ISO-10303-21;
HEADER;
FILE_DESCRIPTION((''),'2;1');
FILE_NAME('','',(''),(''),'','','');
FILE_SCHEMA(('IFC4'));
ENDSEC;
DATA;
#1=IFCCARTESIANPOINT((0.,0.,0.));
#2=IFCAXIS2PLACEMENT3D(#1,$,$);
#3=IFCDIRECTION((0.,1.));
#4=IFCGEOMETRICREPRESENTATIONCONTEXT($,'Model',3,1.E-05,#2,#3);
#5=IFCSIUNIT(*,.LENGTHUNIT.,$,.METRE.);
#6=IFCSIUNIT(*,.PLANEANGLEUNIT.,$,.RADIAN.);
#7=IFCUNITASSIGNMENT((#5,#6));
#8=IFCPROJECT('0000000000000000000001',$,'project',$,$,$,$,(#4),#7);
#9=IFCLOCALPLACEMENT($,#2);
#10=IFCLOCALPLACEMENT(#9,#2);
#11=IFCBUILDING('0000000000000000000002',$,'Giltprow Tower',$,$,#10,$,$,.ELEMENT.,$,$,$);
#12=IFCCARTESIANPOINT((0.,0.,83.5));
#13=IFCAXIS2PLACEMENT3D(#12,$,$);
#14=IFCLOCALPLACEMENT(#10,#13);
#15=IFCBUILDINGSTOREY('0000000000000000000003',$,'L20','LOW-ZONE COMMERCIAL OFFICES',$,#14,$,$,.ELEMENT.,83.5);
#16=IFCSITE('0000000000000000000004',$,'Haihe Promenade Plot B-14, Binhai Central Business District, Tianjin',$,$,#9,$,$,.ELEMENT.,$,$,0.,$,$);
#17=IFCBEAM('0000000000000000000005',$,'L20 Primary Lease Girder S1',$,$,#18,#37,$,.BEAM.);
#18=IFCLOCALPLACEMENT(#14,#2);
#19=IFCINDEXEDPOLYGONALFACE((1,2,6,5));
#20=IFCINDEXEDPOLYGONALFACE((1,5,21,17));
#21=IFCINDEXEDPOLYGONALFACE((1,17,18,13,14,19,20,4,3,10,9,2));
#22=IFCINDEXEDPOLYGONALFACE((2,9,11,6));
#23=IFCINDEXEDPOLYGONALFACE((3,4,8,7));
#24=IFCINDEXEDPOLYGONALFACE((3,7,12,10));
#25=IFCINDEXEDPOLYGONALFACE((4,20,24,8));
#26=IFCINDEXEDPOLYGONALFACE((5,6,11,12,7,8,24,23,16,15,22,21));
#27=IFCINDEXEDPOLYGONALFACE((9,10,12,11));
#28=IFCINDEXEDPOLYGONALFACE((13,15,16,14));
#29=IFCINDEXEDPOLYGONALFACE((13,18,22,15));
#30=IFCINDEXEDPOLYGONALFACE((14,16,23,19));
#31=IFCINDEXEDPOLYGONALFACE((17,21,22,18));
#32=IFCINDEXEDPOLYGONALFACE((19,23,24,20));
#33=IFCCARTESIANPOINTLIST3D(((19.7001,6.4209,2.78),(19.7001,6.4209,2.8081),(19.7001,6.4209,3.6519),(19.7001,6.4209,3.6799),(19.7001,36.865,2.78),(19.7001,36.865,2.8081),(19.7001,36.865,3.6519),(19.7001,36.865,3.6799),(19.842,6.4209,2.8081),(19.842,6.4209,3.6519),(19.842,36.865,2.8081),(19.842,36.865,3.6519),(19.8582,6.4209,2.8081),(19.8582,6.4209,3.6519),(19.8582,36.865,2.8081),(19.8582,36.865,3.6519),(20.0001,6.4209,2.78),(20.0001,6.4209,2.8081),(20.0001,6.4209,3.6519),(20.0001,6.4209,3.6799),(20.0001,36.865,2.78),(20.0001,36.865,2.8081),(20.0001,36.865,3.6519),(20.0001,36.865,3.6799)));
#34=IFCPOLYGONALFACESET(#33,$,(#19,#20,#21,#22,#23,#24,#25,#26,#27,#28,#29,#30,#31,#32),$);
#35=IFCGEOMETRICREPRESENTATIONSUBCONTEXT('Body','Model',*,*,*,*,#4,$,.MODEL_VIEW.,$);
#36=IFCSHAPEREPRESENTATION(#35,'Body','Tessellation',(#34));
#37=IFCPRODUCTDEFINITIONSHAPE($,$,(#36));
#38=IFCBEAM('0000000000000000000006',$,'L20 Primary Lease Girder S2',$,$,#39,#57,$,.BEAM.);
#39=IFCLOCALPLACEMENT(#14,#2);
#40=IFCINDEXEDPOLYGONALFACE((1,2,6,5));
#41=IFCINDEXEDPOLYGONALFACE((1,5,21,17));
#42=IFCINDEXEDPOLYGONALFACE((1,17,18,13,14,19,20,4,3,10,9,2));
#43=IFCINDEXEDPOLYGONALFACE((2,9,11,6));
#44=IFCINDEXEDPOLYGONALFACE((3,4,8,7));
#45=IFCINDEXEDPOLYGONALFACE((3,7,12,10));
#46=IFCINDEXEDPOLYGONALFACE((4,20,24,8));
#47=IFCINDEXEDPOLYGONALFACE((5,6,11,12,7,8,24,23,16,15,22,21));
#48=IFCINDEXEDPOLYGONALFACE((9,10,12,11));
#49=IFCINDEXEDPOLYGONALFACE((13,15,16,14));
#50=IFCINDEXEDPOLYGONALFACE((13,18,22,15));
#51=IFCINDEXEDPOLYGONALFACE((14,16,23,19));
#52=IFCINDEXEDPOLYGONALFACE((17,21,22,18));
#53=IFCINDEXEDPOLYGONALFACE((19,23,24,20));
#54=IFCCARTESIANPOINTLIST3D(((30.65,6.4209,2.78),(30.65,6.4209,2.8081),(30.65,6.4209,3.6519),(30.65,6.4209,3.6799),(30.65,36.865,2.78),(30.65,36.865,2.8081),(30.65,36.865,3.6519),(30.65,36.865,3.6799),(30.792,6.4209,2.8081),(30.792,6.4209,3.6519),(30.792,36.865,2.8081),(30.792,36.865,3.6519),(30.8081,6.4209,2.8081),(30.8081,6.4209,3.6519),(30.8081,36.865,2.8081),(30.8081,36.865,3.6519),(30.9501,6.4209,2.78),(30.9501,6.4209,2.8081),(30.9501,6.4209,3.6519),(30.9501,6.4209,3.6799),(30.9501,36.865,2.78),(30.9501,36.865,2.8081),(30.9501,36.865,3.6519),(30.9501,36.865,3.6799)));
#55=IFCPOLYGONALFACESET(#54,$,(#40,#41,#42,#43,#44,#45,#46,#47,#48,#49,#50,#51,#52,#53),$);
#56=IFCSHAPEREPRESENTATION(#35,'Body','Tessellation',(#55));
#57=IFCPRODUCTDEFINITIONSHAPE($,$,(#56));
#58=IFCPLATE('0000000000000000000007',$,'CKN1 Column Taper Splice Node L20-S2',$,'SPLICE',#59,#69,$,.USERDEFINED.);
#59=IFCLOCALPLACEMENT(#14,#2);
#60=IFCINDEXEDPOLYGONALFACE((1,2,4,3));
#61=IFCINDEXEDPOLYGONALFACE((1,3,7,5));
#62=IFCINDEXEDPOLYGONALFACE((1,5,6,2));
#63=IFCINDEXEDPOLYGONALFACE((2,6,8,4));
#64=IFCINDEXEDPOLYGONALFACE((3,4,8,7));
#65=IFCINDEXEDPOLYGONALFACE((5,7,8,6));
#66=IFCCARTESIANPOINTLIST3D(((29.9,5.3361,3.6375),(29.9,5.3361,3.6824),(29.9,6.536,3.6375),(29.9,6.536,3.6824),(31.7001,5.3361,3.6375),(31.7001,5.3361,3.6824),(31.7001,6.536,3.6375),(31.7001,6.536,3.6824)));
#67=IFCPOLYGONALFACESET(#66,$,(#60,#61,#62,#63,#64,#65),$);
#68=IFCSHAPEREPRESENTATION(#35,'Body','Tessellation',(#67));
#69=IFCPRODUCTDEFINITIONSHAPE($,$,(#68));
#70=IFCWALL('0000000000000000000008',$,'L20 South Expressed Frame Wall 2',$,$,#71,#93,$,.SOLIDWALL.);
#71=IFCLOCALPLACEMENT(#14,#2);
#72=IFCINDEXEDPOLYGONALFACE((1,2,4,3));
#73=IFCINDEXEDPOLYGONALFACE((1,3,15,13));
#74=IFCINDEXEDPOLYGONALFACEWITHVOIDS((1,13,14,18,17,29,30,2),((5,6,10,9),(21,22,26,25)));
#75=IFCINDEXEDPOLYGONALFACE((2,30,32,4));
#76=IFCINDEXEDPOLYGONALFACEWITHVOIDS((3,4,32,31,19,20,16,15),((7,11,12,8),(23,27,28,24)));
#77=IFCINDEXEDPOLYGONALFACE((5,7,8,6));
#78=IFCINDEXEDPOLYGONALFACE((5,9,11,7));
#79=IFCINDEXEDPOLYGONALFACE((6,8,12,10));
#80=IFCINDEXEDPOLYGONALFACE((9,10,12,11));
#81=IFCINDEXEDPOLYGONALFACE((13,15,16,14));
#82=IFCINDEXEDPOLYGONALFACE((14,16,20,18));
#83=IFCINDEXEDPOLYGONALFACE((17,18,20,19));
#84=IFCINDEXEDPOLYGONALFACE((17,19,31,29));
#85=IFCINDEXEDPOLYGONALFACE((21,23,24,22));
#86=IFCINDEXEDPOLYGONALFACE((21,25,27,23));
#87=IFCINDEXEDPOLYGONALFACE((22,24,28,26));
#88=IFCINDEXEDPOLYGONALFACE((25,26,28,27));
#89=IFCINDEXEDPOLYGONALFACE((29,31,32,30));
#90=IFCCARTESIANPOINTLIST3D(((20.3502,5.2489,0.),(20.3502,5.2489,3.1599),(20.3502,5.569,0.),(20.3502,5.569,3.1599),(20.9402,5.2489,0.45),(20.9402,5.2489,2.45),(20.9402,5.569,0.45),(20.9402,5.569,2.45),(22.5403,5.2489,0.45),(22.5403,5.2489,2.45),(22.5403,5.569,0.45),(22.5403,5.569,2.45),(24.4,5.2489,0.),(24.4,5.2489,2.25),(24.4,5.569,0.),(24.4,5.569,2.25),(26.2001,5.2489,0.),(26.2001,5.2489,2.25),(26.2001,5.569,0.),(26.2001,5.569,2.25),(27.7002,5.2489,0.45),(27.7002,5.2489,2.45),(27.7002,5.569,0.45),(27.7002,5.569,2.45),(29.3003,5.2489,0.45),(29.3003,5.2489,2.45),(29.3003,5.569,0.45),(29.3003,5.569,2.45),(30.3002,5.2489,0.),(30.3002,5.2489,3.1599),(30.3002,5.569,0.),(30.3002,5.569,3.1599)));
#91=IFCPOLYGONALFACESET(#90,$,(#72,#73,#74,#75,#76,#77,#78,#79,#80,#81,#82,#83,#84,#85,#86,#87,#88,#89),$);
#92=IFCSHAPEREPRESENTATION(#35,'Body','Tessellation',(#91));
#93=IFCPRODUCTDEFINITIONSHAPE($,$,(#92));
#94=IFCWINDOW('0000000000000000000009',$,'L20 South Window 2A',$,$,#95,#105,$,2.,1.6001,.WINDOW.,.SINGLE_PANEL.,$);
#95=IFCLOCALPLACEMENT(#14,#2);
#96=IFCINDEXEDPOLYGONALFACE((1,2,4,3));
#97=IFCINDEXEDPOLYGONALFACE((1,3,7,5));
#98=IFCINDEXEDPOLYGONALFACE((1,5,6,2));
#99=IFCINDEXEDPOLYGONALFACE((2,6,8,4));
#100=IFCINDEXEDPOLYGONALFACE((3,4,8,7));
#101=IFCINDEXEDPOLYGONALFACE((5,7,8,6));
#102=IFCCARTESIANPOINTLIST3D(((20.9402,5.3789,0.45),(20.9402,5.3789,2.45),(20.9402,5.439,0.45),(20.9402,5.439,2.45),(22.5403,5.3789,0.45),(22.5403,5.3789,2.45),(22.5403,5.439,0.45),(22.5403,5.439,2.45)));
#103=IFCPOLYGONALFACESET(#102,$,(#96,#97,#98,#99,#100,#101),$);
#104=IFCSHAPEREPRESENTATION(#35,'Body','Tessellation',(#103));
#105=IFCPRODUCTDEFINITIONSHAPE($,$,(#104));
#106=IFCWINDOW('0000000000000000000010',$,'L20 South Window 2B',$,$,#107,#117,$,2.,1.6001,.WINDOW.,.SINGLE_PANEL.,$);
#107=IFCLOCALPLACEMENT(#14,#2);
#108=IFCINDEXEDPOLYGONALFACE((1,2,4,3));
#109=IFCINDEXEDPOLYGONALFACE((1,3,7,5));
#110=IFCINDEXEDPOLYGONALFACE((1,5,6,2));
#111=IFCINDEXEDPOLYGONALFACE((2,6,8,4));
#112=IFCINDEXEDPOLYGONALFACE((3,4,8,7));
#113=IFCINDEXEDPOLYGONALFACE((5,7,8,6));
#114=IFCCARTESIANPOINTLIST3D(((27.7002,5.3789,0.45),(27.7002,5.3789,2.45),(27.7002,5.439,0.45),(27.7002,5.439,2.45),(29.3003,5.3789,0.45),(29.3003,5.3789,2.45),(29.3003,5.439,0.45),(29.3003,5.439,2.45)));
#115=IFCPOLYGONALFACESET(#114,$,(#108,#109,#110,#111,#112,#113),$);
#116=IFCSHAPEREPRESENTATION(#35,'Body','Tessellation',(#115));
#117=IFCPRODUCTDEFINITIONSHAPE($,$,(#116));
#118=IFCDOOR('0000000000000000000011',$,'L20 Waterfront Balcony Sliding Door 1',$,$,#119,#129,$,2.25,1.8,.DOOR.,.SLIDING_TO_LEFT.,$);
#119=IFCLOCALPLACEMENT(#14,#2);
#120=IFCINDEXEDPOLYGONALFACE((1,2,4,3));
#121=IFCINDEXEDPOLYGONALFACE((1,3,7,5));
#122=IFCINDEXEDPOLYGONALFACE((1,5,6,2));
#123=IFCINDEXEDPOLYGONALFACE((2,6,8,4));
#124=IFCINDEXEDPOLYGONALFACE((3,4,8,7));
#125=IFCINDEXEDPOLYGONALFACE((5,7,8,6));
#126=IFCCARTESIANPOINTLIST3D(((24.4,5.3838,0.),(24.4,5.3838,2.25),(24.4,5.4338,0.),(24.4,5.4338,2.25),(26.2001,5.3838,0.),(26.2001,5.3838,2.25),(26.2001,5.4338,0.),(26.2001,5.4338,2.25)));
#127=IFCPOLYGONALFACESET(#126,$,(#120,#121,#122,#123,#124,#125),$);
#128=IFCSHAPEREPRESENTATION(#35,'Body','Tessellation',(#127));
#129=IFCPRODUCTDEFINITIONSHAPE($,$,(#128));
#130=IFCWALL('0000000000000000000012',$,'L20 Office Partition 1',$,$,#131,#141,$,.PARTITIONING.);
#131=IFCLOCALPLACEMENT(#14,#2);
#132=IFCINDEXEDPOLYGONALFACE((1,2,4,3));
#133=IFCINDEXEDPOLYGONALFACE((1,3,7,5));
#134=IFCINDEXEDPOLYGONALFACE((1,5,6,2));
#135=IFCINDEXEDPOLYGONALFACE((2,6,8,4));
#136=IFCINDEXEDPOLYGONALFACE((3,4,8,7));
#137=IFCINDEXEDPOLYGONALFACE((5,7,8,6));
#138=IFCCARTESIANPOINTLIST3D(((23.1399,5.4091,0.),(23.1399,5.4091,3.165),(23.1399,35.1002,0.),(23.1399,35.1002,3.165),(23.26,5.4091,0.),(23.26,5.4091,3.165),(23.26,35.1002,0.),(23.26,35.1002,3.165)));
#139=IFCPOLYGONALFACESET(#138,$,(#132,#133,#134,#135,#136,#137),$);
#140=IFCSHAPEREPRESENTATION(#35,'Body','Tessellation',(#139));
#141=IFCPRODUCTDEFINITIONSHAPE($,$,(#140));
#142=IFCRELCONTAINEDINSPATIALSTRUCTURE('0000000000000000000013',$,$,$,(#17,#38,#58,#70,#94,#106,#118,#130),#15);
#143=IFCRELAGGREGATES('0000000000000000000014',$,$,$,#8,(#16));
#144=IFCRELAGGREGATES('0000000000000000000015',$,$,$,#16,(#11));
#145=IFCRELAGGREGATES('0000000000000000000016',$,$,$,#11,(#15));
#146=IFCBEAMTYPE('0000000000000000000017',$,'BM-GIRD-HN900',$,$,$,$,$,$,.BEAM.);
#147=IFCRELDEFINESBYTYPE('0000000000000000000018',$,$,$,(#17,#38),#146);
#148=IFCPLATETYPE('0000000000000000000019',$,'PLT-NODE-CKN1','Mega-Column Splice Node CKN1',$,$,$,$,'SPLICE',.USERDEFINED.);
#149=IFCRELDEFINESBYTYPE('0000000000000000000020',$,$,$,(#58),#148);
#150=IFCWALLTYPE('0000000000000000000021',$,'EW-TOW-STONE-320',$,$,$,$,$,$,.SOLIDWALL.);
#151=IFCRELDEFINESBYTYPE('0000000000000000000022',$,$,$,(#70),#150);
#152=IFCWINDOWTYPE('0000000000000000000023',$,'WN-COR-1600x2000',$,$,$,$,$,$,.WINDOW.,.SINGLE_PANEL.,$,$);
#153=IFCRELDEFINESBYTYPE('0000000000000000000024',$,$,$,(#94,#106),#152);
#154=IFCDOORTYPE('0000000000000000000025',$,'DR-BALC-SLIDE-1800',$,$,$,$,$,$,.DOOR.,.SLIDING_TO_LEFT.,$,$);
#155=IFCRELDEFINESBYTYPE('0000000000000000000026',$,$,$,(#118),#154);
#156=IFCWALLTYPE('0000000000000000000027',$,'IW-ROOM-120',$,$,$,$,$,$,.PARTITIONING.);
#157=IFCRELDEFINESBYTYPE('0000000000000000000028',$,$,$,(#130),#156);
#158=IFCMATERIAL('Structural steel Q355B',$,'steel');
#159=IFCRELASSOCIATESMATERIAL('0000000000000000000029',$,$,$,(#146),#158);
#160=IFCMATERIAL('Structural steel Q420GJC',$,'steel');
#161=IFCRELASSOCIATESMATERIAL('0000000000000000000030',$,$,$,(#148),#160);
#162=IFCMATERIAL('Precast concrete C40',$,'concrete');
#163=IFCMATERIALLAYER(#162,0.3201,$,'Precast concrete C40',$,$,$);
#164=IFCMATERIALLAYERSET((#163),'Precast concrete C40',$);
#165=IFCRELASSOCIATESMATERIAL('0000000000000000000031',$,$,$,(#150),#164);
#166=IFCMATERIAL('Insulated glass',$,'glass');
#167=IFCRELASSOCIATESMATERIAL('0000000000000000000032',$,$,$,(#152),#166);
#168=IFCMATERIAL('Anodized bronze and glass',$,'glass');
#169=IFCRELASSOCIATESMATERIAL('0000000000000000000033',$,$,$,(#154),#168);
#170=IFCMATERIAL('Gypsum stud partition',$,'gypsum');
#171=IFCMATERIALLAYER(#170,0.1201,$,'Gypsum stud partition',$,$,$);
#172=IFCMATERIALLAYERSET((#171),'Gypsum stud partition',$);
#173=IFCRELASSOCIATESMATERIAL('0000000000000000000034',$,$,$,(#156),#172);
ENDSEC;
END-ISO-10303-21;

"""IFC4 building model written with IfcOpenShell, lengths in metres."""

from ifc_helpers import new_model, si_unit, direction, frame, frame_2d, origin, origin_2d, place, context, subcontext, project, spatial, rectangle, i_section, extrude, source, transform, mapped, material, layer, layer_set, material_profile, profile_set, type_object, element, fill, save


model = new_model("IFC4")

# Units and contexts
model_context = context("Model", 3, precision=1e-05, world=origin(), true_north=direction((0.0, 1.0)))
body_context = subcontext(model_context, "Body", "Model", "MODEL_VIEW")
ifc_project = project(units=[si_unit("LENGTHUNIT", "METRE"), si_unit("PLANEANGLEUNIT", "RADIAN")], contexts=[model_context])

# Site, building, storey
site_placement = place(None, origin())
site = spatial("IfcSite", under=ifc_project, at=site_placement, Name="Haihe Promenade Plot B-14, Binhai Central Business District, Tianjin", CompositionType="ELEMENT", RefElevation=0.0)
building_placement = place(site_placement, origin())
building = spatial("IfcBuilding", under=site, at=building_placement, Name="Giltprow Tower", CompositionType="ELEMENT")
storey_placement = place(building_placement, frame((0.0, 0.0, 83.5)))
storey = spatial("IfcBuildingStorey", under=building, at=storey_placement, Name="L20", Description="LOW-ZONE COMMERCIAL OFFICES", CompositionType="ELEMENT", Elevation=83.5)

# Shared definitions
ifc_material_1 = material(Name="Structural steel Q420GJC", Category="steel")

# Beams
ifc_material_2 = material(Name="Structural steel Q355B", Category="steel")
ifc_material_profile_1 = material_profile(ifc_material_2, i_section(OverallWidth=0.3, OverallDepth=0.8999, WebThickness=0.0161, FlangeThickness=0.0281, at=origin_2d()), Name="HN 900x300x16x28")
ifc_profile_set_1 = profile_set([ifc_material_profile_1], Name="Structural steel Q355B")
beam_type_1 = type_object("IfcBeamType", Name="BM-GIRD-HN900", PredefinedType="BEAM", material=ifc_profile_set_1)
shared_shape_1 = source(origin(), body_context, "Body", "SweptSolid", [
    extrude(i_section(OverallWidth=0.3, OverallDepth=0.8999, WebThickness=0.0161, FlangeThickness=0.0281, at=origin_2d()), origin(), (0.0, 0.0, 1.0), 30.4441),
])
for number, where, z_axis, x_axis, name in (
    (1, (19.8501, 6.4209, 3.23), (0.0, 1.0, 0.0), (-1.0, 0.0, 0.0), "L20 Primary Lease Girder S1"),
    (2, (30.8, 6.4209, 3.23), (0.0, 1.0, 0.0), (-1.0, 0.0, 0.0), "L20 Primary Lease Girder S2"),
):
    element("IfcBeam", number, at=place(storey_placement, frame(where, z_axis=z_axis, x_axis=x_axis)), inside=storey, type_object=beam_type_1, Name=name, PredefinedType="BEAM", context=body_context, shape_type="MappedRepresentation", body=[
        mapped(shared_shape_1, transform((0.0, 0.0, 0.0), x_axis=(1.0, 0.0, 0.0), y_axis=(0.0, 1.0, 0.0), z_axis=(0.0, 0.0, 1.0), scale=1.0)),
    ])

# Plate
plate_type = type_object("IfcPlateType", Name="PLT-NODE-CKN1", Description="Mega-Column Splice Node CKN1", ElementType="SPLICE", PredefinedType="USERDEFINED", material=ifc_material_1)
shared_shape_2 = source(origin(), body_context, "Body", "SweptSolid", [
    extrude(rectangle(XDim=1.8, YDim=1.2, at=origin_2d()), origin(), (0.0, 0.0, 1.0), 0.0449),
])
plate_placement = place(storey_placement, frame((30.8, 5.936, 3.6375), z_axis=(0.0, 0.0, 1.0), x_axis=(1.0, 0.0, 0.0)))
element("IfcPlate", 3, at=plate_placement, inside=storey, type_object=plate_type, Name="CKN1 Column Taper Splice Node L20-S2", ObjectType="SPLICE", PredefinedType="USERDEFINED", context=body_context, shape_type="MappedRepresentation", body=[
    mapped(shared_shape_2, transform((0.0, 0.0, 0.0), x_axis=(1.0, 0.0, 0.0), y_axis=(0.0, 1.0, 0.0), z_axis=(0.0, 0.0, 1.0), scale=1.0)),
])

# Wall, openings, windows, door
ifc_material_3 = material(Name="Precast concrete C40", Category="concrete")
ifc_layer_1 = layer(ifc_material_3, 0.3201, Name="Precast concrete C40")
ifc_layer_set_1 = layer_set([ifc_layer_1], Name="Precast concrete C40")
wall_type_1 = type_object("IfcWallType", Name="EW-TOW-STONE-320", PredefinedType="SOLIDWALL", material=ifc_layer_set_1)
wall_1_placement = place(storey_placement, frame((20.3501, 5.4089, 0.0), z_axis=(0.0, 0.0, 1.0), x_axis=(1.0, 0.0, 0.0)))
wall_1 = element("IfcWall", 4, at=wall_1_placement, inside=storey, type_object=wall_type_1, Name="L20 South Expressed Frame Wall 2", PredefinedType="SOLIDWALL", context=body_context, shape_type="SweptSolid", body=[
    extrude(rectangle(XDim=9.95, YDim=0.3201, at=frame_2d((4.9751, 0.0))), origin(), (0.0, 0.0, 1.0), 3.1599),
])
opening_1_placement = place(wall_1_placement, frame((4.05, 0.0, 0.0)))
opening_1 = element("IfcOpeningElement", 5, at=opening_1_placement, cuts=wall_1, PredefinedType="OPENING", context=body_context, shape_type="SweptSolid", body=[
    extrude(rectangle(XDim=1.8, YDim=2.25, at=frame_2d((0.8999, 1.125))), frame((0.0, 0.1699, 0.0), z_axis=(0.0, -1.0, 0.0), x_axis=(1.0, 0.0, 0.0)), (0.0, 0.0, 1.0), 0.3401),
])
opening_2_placement = place(wall_1_placement, frame((0.5901, 0.0, 0.45)))
opening_2 = element("IfcOpeningElement", 6, at=opening_2_placement, cuts=wall_1, PredefinedType="OPENING", context=body_context, shape_type="SweptSolid", body=[
    extrude(rectangle(XDim=1.6001, YDim=2.0, at=frame_2d((0.8, 1.0))), frame((0.0, 0.1699, 0.0), z_axis=(0.0, -1.0, 0.0), x_axis=(1.0, 0.0, 0.0)), (0.0, 0.0, 1.0), 0.3401),
])
opening_3_placement = place(wall_1_placement, frame((7.3501, 0.0, 0.45)))
opening_3 = element("IfcOpeningElement", 7, at=opening_3_placement, cuts=wall_1, PredefinedType="OPENING", context=body_context, shape_type="SweptSolid", body=[
    extrude(rectangle(XDim=1.6001, YDim=2.0, at=frame_2d((0.8, 1.0))), frame((0.0, 0.1699, 0.0), z_axis=(0.0, -1.0, 0.0), x_axis=(1.0, 0.0, 0.0)), (0.0, 0.0, 1.0), 0.3401),
])
ifc_material_4 = material(Name="Insulated glass", Category="glass")
window_type = type_object("IfcWindowType", Name="WN-COR-1600x2000", PartitioningType="SINGLE_PANEL", PredefinedType="WINDOW", material=ifc_material_4)
shared_shape_3 = source(origin(), body_context, "Body", "SweptSolid", [
    extrude(rectangle(XDim=1.6001, YDim=2.0, at=frame_2d((0.8, 1.0))), frame((0.0, 0.03, 0.0), z_axis=(0.0, -1.0, 0.0), x_axis=(1.0, 0.0, 0.0)), (0.0, 0.0, 1.0), 0.0601),
])
window_1_placement = place(opening_2_placement, origin())
window_1 = element("IfcWindow", 8, at=window_1_placement, inside=storey, type_object=window_type, Name="L20 South Window 2A", OverallHeight=2.0, OverallWidth=1.6001, PartitioningType="SINGLE_PANEL", PredefinedType="WINDOW", context=body_context, shape_type="MappedRepresentation", body=[
    mapped(shared_shape_3, transform((0.0, 0.0, 0.0), x_axis=(1.0, 0.0, 0.0), y_axis=(0.0, 1.0, 0.0), z_axis=(0.0, 0.0, 1.0), scale=1.0)),
])
fill(opening_2, window_1)
window_2_placement = place(opening_3_placement, origin())
window_2 = element("IfcWindow", 9, at=window_2_placement, inside=storey, type_object=window_type, Name="L20 South Window 2B", OverallHeight=2.0, OverallWidth=1.6001, PartitioningType="SINGLE_PANEL", PredefinedType="WINDOW", context=body_context, shape_type="MappedRepresentation", body=[
    mapped(shared_shape_3, transform((0.0, 0.0, 0.0), x_axis=(1.0, 0.0, 0.0), y_axis=(0.0, 1.0, 0.0), z_axis=(0.0, 0.0, 1.0), scale=1.0)),
])
fill(opening_3, window_2)
ifc_material_5 = material(Name="Anodized bronze and glass", Category="glass")
door_type_1 = type_object("IfcDoorType", Name="DR-BALC-SLIDE-1800", OperationType="SLIDING_TO_LEFT", PredefinedType="DOOR", material=ifc_material_5)
shared_shape_4 = source(origin(), body_context, "Body", "SweptSolid", [
    extrude(rectangle(XDim=1.8, YDim=2.25, at=frame_2d((0.8999, 1.125))), frame((0.0, 0.0249, 0.0), z_axis=(0.0, -1.0, 0.0), x_axis=(1.0, 0.0, 0.0)), (0.0, 0.0, 1.0), 0.05),
])
door_1_placement = place(opening_1_placement, origin())
door_1 = element("IfcDoor", 10, at=door_1_placement, inside=storey, type_object=door_type_1, Name="L20 Waterfront Balcony Sliding Door 1", OperationType="SLIDING_TO_LEFT", OverallHeight=2.25, OverallWidth=1.8, PredefinedType="DOOR", context=body_context, shape_type="MappedRepresentation", body=[
    mapped(shared_shape_4, transform((0.0, 0.0, 0.0), x_axis=(1.0, 0.0, 0.0), y_axis=(0.0, 1.0, 0.0), z_axis=(0.0, 0.0, 1.0), scale=1.0)),
])
fill(opening_1, door_1)

# Wall
ifc_material_6 = material(Name="Gypsum stud partition", Category="gypsum")
ifc_layer_2 = layer(ifc_material_6, 0.1201, Name="Gypsum stud partition")
ifc_layer_set_2 = layer_set([ifc_layer_2], Name="Gypsum stud partition")
wall_type_2 = type_object("IfcWallType", Name="IW-ROOM-120", PredefinedType="PARTITIONING", material=ifc_layer_set_2)
wall_2_placement = place(storey_placement, frame((23.2, 5.4089, 0.0), z_axis=(0.0, 0.0, 1.0), x_axis=(0.0, 1.0, 0.0)))
element("IfcWall", 11, at=wall_2_placement, inside=storey, type_object=wall_type_2, Name="L20 Office Partition 1", PredefinedType="PARTITIONING", context=body_context, shape_type="SweptSolid", body=[
    extrude(rectangle(XDim=29.6912, YDim=0.1201, at=frame_2d((14.8457, 0.0))), origin(), (0.0, 0.0, 1.0), 3.165),
])

save(model, "model.ifc")
